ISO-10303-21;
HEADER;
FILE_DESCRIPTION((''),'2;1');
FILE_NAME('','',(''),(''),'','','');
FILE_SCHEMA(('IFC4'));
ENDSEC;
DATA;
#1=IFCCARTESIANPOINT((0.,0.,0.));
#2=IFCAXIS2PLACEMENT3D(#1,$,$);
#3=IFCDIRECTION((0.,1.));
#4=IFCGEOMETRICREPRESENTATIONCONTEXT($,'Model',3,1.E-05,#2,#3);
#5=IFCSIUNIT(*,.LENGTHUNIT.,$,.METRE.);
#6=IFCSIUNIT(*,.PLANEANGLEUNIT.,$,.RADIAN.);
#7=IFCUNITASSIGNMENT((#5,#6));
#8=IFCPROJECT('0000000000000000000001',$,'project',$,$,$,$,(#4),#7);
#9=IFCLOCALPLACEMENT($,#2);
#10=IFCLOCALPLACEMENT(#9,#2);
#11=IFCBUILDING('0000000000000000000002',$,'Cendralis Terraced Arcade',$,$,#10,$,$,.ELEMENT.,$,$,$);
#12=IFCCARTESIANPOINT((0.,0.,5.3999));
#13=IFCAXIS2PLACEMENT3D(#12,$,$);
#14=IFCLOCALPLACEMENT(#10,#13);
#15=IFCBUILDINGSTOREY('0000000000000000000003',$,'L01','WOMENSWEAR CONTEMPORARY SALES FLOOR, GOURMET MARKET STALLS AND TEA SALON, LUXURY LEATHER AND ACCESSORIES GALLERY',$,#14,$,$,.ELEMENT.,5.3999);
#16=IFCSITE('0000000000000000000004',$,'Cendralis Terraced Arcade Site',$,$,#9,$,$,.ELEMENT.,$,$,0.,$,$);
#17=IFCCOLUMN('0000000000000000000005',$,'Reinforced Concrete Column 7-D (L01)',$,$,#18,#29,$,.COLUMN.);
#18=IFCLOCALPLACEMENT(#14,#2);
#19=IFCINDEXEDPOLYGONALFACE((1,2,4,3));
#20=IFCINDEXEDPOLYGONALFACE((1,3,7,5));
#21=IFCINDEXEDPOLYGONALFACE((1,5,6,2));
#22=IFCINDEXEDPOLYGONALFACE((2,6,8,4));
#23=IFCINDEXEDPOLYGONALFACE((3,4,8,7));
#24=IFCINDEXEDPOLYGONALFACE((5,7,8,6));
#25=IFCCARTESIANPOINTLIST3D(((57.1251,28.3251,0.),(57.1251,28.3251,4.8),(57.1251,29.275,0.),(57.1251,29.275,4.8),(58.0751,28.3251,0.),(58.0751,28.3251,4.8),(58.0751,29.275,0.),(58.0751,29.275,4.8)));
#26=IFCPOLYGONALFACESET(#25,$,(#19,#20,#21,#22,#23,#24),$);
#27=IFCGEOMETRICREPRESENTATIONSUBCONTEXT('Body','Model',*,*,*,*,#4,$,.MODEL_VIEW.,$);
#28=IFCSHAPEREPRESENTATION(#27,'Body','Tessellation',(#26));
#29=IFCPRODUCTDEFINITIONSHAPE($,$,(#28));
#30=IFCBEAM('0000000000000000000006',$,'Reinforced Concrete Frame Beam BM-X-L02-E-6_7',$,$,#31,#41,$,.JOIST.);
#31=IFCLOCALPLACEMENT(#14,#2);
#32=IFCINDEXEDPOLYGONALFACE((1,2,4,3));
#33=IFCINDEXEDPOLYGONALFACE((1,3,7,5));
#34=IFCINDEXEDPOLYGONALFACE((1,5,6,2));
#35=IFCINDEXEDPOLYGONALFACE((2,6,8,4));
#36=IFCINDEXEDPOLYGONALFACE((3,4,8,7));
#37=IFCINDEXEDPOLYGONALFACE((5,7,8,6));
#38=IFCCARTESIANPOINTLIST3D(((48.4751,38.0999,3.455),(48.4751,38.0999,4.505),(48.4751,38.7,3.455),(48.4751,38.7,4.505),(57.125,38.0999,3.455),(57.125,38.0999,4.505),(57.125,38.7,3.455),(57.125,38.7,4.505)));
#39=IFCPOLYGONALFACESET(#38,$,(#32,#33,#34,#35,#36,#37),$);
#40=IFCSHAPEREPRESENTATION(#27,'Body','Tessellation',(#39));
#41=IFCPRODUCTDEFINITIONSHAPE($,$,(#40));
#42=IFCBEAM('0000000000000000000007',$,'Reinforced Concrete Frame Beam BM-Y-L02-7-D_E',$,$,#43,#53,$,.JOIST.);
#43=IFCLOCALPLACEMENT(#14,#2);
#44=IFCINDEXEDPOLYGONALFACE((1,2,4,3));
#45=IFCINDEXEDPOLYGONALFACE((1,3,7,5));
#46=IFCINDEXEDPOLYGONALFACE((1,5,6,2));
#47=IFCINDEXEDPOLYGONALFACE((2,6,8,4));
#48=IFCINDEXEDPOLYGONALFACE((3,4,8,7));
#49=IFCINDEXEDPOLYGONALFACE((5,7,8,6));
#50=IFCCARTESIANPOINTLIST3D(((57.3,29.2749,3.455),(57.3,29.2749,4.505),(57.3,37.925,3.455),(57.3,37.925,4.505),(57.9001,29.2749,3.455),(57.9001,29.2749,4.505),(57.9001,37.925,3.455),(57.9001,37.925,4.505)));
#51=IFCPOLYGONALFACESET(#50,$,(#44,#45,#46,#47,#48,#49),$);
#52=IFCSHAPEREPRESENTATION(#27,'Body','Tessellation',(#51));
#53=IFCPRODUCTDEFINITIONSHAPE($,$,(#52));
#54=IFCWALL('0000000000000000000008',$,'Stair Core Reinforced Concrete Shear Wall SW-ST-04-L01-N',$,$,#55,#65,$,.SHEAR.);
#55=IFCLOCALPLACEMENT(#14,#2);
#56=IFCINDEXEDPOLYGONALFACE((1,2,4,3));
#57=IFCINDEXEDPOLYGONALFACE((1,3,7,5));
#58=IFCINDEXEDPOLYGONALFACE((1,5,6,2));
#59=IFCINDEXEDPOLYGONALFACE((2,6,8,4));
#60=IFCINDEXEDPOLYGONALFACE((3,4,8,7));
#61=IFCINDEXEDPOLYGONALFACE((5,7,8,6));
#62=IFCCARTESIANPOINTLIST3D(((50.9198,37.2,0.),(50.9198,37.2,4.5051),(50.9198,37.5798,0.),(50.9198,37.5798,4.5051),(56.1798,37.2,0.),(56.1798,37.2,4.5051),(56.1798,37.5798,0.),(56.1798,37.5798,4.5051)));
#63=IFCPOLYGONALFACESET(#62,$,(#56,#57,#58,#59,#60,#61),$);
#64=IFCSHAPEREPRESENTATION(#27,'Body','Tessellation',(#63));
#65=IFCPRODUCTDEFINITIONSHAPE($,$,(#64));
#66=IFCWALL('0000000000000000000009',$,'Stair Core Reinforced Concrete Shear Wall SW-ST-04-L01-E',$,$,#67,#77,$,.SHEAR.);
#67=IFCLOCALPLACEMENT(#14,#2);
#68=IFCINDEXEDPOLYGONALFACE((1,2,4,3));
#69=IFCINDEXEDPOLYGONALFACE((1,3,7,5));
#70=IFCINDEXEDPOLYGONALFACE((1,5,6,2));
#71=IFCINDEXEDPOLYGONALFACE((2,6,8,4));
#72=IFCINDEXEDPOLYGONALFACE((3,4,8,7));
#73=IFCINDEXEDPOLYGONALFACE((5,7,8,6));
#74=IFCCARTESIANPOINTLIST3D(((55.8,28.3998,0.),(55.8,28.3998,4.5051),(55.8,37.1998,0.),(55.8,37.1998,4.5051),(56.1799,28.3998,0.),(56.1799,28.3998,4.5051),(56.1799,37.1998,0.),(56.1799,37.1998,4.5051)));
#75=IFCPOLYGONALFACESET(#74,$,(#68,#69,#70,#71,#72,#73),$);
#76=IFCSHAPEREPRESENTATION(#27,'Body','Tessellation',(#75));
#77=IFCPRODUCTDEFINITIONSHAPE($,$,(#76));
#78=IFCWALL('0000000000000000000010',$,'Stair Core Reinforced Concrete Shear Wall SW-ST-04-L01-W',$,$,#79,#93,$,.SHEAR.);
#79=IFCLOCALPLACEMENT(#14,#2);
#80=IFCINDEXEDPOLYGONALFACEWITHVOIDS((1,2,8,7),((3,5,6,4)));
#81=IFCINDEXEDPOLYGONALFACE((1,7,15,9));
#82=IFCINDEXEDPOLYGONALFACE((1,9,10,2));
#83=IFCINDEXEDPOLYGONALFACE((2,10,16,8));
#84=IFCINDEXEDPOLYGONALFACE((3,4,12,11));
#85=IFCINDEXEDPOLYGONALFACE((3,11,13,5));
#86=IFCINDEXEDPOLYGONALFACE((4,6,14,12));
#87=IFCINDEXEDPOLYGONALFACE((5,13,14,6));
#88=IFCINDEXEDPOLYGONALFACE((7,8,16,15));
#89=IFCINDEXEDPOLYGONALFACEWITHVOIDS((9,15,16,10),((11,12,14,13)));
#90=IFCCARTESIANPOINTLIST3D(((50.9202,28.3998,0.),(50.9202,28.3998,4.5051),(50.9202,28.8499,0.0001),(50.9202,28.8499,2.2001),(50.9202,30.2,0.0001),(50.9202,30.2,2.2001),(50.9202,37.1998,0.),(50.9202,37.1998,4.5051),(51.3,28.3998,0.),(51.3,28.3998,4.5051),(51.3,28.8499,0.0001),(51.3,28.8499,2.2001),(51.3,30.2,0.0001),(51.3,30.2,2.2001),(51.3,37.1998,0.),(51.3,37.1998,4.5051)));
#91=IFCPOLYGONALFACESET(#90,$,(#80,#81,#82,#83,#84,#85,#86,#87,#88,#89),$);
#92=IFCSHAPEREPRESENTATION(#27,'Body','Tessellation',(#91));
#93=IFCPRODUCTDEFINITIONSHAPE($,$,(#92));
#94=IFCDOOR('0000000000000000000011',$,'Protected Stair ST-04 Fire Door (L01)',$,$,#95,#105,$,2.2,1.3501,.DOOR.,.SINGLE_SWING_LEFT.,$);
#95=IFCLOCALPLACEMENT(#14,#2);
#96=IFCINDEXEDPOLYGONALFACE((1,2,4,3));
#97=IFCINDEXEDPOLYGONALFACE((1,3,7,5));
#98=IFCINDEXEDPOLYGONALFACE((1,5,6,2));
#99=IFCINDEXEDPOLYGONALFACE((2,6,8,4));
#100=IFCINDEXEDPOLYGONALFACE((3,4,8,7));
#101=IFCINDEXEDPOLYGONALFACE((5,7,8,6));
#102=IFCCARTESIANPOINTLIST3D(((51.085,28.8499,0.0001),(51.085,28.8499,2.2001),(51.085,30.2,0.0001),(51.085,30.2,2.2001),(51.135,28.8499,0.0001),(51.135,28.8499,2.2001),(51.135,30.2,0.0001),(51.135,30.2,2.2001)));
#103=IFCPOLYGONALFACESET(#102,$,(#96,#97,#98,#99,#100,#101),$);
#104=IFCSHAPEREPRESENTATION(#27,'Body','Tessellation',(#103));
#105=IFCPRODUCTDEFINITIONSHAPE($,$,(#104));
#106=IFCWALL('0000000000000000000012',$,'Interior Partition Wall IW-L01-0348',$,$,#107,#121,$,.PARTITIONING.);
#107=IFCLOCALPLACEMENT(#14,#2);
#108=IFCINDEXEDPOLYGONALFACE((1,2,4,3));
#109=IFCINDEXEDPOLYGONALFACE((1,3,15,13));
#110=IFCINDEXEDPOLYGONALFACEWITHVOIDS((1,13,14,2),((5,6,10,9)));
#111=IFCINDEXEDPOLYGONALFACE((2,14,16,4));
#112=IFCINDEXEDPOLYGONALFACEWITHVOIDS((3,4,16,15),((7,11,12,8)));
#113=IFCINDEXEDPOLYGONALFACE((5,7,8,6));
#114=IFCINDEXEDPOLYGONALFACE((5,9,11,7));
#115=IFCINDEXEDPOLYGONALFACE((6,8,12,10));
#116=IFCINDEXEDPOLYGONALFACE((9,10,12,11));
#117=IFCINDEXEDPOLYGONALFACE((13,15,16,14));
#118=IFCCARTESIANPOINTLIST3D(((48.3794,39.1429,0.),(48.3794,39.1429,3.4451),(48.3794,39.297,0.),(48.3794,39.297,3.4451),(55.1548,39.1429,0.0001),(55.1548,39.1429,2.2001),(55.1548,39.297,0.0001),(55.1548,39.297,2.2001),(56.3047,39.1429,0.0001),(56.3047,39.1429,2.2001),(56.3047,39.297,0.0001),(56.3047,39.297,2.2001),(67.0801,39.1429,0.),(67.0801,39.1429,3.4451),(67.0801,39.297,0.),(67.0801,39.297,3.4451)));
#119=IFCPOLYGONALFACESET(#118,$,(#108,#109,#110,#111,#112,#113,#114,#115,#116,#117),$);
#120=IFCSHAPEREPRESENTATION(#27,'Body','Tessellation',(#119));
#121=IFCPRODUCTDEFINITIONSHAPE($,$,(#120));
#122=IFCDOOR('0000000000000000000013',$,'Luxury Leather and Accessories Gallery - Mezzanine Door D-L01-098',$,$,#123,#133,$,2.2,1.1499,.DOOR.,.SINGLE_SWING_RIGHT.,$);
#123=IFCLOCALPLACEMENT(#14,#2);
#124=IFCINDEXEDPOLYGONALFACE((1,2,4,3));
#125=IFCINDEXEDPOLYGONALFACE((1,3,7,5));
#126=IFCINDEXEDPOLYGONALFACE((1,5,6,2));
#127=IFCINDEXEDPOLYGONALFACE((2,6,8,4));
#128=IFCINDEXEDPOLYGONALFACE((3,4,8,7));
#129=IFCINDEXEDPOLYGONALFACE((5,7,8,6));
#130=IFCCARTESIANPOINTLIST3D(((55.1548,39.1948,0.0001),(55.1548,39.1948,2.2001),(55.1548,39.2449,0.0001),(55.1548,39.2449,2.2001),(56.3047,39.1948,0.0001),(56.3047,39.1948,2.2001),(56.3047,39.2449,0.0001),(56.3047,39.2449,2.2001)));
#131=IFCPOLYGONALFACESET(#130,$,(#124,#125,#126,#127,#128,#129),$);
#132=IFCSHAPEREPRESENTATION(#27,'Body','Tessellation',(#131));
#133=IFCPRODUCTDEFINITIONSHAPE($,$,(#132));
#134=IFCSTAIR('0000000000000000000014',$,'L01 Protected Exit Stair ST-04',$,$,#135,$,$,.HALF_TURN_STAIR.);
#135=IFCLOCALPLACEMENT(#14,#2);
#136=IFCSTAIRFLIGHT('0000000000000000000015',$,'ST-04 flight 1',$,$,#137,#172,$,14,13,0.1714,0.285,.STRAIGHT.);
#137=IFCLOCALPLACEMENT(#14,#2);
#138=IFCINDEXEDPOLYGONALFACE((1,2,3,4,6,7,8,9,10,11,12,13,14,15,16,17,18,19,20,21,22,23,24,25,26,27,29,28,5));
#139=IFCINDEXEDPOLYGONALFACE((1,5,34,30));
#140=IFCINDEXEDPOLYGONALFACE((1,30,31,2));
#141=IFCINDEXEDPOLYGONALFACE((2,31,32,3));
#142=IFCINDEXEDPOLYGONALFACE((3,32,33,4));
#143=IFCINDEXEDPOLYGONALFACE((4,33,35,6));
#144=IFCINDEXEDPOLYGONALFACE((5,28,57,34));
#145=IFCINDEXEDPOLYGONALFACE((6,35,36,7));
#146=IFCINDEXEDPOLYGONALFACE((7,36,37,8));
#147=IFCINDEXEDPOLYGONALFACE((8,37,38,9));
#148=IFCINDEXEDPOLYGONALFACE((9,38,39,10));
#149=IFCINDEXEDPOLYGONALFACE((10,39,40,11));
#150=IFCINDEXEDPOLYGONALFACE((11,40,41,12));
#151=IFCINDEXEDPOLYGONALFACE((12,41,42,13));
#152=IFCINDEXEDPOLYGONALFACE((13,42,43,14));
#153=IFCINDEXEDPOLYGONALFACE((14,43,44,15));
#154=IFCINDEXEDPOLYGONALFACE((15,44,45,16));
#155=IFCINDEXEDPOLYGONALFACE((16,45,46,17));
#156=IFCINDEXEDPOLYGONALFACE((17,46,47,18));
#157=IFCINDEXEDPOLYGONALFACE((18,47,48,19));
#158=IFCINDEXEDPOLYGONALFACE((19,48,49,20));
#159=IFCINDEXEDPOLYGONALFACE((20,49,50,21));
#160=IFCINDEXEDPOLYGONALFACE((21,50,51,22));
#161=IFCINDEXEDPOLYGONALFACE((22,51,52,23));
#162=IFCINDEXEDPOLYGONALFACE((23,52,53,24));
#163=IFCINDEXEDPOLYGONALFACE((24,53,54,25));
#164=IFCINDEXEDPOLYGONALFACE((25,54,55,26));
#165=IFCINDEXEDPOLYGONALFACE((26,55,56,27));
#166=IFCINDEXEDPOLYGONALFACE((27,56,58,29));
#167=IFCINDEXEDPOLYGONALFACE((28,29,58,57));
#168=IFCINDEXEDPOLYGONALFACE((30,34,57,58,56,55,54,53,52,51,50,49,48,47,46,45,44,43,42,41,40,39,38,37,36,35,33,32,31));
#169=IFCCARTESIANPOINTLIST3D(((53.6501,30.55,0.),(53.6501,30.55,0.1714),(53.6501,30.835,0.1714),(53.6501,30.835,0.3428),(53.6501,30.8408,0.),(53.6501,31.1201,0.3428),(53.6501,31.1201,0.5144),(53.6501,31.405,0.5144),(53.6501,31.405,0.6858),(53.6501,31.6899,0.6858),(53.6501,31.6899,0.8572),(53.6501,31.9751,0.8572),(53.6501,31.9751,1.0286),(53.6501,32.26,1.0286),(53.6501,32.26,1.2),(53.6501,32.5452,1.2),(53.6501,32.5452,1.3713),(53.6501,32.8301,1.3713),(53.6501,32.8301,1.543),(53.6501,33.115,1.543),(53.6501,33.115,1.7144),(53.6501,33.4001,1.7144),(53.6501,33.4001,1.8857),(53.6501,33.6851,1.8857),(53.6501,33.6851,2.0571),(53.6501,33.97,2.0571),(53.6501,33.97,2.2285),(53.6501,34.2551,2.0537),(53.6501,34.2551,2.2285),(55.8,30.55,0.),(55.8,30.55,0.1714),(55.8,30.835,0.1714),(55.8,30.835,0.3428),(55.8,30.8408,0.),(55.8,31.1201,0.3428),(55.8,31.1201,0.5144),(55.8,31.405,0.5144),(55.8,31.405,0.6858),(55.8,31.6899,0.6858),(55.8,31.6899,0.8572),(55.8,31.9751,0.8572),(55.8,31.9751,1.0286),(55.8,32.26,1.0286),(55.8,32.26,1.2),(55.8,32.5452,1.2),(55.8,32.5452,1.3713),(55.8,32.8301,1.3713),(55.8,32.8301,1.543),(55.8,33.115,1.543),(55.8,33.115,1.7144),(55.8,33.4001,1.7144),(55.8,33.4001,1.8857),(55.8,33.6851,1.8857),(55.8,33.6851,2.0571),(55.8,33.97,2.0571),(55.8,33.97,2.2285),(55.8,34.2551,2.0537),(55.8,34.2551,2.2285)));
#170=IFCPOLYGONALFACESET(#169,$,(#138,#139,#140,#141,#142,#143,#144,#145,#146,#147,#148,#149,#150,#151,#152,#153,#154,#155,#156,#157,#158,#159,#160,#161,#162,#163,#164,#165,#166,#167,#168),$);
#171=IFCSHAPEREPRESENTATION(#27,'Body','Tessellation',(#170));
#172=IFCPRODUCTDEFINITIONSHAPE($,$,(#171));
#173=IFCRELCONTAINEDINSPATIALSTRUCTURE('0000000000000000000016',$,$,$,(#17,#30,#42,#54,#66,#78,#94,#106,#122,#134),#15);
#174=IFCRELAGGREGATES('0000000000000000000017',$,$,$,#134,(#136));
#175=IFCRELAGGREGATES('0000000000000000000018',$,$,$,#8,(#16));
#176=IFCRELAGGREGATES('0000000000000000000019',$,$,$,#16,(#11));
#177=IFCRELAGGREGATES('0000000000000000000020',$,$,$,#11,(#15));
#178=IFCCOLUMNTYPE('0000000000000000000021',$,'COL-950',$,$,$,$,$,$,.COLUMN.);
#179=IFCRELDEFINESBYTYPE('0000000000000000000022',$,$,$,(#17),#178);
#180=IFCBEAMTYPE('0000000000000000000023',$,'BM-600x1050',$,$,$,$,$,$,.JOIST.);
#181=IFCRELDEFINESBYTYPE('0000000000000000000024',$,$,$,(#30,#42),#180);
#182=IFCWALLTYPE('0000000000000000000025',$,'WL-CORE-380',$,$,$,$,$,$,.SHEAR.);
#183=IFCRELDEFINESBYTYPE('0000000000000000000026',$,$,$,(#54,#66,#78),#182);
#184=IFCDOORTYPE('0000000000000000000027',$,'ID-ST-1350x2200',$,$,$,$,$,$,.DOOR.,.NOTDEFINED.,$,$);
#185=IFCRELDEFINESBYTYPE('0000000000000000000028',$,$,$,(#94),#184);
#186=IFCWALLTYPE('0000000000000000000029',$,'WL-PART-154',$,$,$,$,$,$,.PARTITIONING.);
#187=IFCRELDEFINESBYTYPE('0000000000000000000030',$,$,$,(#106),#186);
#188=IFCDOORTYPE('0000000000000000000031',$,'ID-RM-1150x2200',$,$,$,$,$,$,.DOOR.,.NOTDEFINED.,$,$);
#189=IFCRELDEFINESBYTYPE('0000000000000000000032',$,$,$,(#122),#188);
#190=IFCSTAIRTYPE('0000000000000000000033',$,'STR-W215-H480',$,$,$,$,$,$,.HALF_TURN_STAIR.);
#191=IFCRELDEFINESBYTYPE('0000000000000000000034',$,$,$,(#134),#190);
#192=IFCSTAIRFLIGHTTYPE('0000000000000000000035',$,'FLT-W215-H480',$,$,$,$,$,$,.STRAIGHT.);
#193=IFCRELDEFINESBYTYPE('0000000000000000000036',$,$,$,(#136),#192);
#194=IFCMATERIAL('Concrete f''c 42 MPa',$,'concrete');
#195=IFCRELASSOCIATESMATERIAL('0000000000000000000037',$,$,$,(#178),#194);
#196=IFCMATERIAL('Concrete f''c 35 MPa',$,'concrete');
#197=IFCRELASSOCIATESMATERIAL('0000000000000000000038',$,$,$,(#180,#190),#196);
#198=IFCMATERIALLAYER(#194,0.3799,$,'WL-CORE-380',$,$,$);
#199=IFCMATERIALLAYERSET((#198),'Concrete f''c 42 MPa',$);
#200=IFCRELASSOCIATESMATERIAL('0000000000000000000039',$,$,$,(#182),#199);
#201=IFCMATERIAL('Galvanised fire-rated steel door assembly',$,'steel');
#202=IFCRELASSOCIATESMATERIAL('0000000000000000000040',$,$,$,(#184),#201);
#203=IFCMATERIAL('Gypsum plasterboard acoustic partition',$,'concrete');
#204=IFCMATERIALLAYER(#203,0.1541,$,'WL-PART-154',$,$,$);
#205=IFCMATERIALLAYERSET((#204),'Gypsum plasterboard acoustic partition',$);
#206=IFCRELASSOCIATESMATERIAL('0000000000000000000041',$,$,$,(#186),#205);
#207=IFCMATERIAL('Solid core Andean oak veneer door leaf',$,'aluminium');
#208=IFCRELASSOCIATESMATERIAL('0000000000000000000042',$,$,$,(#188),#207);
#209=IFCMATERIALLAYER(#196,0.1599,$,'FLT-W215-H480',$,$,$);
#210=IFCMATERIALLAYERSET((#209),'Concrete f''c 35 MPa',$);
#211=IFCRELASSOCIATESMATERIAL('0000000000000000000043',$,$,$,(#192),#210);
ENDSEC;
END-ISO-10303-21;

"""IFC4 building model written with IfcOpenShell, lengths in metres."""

from ifc_helpers import new_model, si_unit, direction, frame, frame_2d, origin, origin_2d, place, context, subcontext, project, spatial, polyline, rectangle, outline, extrude, material, layer, layer_set, material_profile, profile_set, type_object, element, fill, aggregate, save


model = new_model("IFC4")

# Units and contexts
model_context = context("Model", 3, precision=1e-05, world=origin(), true_north=direction((0.0, 1.0)))
body_context = subcontext(model_context, "Body", "Model", "MODEL_VIEW")
ifc_project = project(units=[si_unit("LENGTHUNIT", "METRE"), si_unit("PLANEANGLEUNIT", "RADIAN")], contexts=[model_context])

# Site, building, storey
site_placement = place(None, origin())
site = spatial("IfcSite", under=ifc_project, at=site_placement, Name="Cendralis Terraced Arcade Site", CompositionType="ELEMENT", RefElevation=0.0)
building_placement = place(site_placement, origin())
building = spatial("IfcBuilding", under=site, at=building_placement, Name="Cendralis Terraced Arcade", CompositionType="ELEMENT")
storey_placement = place(building_placement, frame((0.0, 0.0, 5.3999)))
storey = spatial("IfcBuildingStorey", under=building, at=storey_placement, Name="L01", Description="WOMENSWEAR CONTEMPORARY SALES FLOOR, GOURMET MARKET STALLS AND TEA SALON, LUXURY LEATHER AND ACCESSORIES GALLERY", CompositionType="ELEMENT", Elevation=5.3999)

# Column
ifc_material_1 = material(Name="Concrete f'c 42 MPa", Category="concrete")
ifc_material_profile_1 = material_profile(ifc_material_1, rectangle(XDim=0.95, YDim=0.95, at=origin_2d()), Name="RC-COL-950x950", Category="LoadBearing")
ifc_profile_set_1 = profile_set([ifc_material_profile_1], Name="Concrete f'c 42 MPa")
column_type = type_object("IfcColumnType", Name="COL-950", PredefinedType="COLUMN", material=ifc_profile_set_1)
column_placement = place(storey_placement, frame((57.6001, 28.8, 0.0), z_axis=(0.0, 0.0, 1.0), x_axis=(1.0, 0.0, 0.0)))
element("IfcColumn", 1, at=column_placement, inside=storey, type_object=column_type, Name="Reinforced Concrete Column 7-D (L01)", PredefinedType="COLUMN", context=body_context, shape_type="SweptSolid", body=[
    extrude(rectangle(XDim=0.95, YDim=0.95, at=origin_2d()), origin(), (0.0, 0.0, 1.0), 4.8),
])

# Beams
ifc_material_2 = material(Name="Concrete f'c 35 MPa", Category="concrete")
ifc_material_profile_2 = material_profile(ifc_material_2, rectangle(XDim=0.6001, YDim=1.05, at=origin_2d()), Name="RC-BM-600x1050", Category="LoadBearing")
ifc_profile_set_2 = profile_set([ifc_material_profile_2], Name="Concrete f'c 35 MPa")
beam_type = type_object("IfcBeamType", Name="BM-600x1050", PredefinedType="JOIST", material=ifc_profile_set_2)
beam_1_placement = place(storey_placement, frame((48.4751, 38.3999, 3.98), z_axis=(1.0, 0.0, 0.0), x_axis=(0.0, 1.0, 0.0)))
element("IfcBeam", 2, at=beam_1_placement, inside=storey, type_object=beam_type, Name="Reinforced Concrete Frame Beam BM-X-L02-E-6_7", PredefinedType="JOIST", context=body_context, shape_type="SweptSolid", body=[
    extrude(rectangle(XDim=0.6001, YDim=1.05, at=origin_2d()), origin(), (0.0, 0.0, 1.0), 8.6499),
])
beam_2_placement = place(storey_placement, frame((57.6001, 29.2749, 3.98), z_axis=(0.0, 1.0, 0.0), x_axis=(-1.0, 0.0, 0.0)))
element("IfcBeam", 3, at=beam_2_placement, inside=storey, type_object=beam_type, Name="Reinforced Concrete Frame Beam BM-Y-L02-7-D_E", PredefinedType="JOIST", context=body_context, shape_type="SweptSolid", body=[
    extrude(rectangle(XDim=0.6001, YDim=1.05, at=origin_2d()), origin(), (0.0, 0.0, 1.0), 8.6501),
])

# Walls
ifc_layer_1 = layer(ifc_material_1, 0.3799, Name="WL-CORE-380")
ifc_layer_set_1 = layer_set([ifc_layer_1], Name="Concrete f'c 42 MPa")
wall_type_1 = type_object("IfcWallType", Name="WL-CORE-380", PredefinedType="SHEAR", material=ifc_layer_set_1)
wall_1_placement = place(storey_placement, frame((50.9199, 37.3899, 0.0), z_axis=(0.0, 0.0, 1.0), x_axis=(1.0, 0.0, 0.0)))
element("IfcWall", 4, at=wall_1_placement, inside=storey, type_object=wall_type_1, Name="Stair Core Reinforced Concrete Shear Wall SW-ST-04-L01-N", PredefinedType="SHEAR", context=body_context, shape_type="SweptSolid", body=[
    extrude(rectangle(XDim=5.26, YDim=0.3799, at=frame_2d((2.6299, 0.0))), origin(), (0.0, 0.0, 1.0), 4.5051),
])
wall_2_placement = place(storey_placement, frame((55.99, 28.3999, 0.0), z_axis=(0.0, 0.0, 1.0), x_axis=(0.0, 1.0, 0.0)))
element("IfcWall", 5, at=wall_2_placement, inside=storey, type_object=wall_type_1, Name="Stair Core Reinforced Concrete Shear Wall SW-ST-04-L01-E", PredefinedType="SHEAR", context=body_context, shape_type="SweptSolid", body=[
    extrude(rectangle(XDim=8.8, YDim=0.3799, at=frame_2d((4.3999, 0.0))), origin(), (0.0, 0.0, 1.0), 4.5051),
])

# Walls, openings, doors
wall_3_placement = place(storey_placement, frame((51.1101, 28.3999, 0.0), z_axis=(0.0, 0.0, 1.0), x_axis=(0.0, 1.0, 0.0)))
wall_3 = element("IfcWall", 6, at=wall_3_placement, inside=storey, type_object=wall_type_1, Name="Stair Core Reinforced Concrete Shear Wall SW-ST-04-L01-W", PredefinedType="SHEAR", context=body_context, shape_type="SweptSolid", body=[
    extrude(rectangle(XDim=8.8, YDim=0.3799, at=frame_2d((4.3999, 0.0))), origin(), (0.0, 0.0, 1.0), 4.5051),
])
opening_1_placement = place(wall_3_placement, frame((0.45, 0.0, 0.0)))
opening_1 = element("IfcOpeningElement", 7, at=opening_1_placement, cuts=wall_3, PredefinedType="OPENING", context=body_context, shape_type="SweptSolid", body=[
    extrude(rectangle(XDim=1.3501, YDim=2.2, at=frame_2d((0.675, 1.1001))), frame((0.0, 0.2019, 0.0), z_axis=(0.0, -1.0, 0.0), x_axis=(1.0, 0.0, 0.0)), (0.0, 0.0, 1.0), 0.4038),
])
ifc_material_3 = material(Name="Galvanised fire-rated steel door assembly", Category="steel")
door_type_1 = type_object("IfcDoorType", Name="ID-ST-1350x2200", OperationType="NOTDEFINED", PredefinedType="DOOR", material=ifc_material_3)
door_1_placement = place(opening_1_placement, frame((1.3501, 0.0, 0.0), z_axis=(0.0, 0.0, 1.0), x_axis=(-1.0, 0.0, 0.0)))
door_1 = element("IfcDoor", 8, at=door_1_placement, inside=storey, type_object=door_type_1, Name="Protected Stair ST-04 Fire Door (L01)", OperationType="SINGLE_SWING_LEFT", OverallHeight=2.2, OverallWidth=1.3501, PredefinedType="DOOR", context=body_context, shape_type="SweptSolid", body=[
    extrude(rectangle(XDim=1.3501, YDim=2.2, at=frame_2d((0.675, 1.1001))), frame((0.0, 0.0249, 0.0), z_axis=(0.0, -1.0, 0.0), x_axis=(1.0, 0.0, 0.0)), (0.0, 0.0, 1.0), 0.05),
])
fill(opening_1, door_1)
ifc_material_4 = material(Name="Gypsum plasterboard acoustic partition", Category="concrete")
ifc_layer_2 = layer(ifc_material_4, 0.1541, Name="WL-PART-154")
ifc_layer_set_2 = layer_set([ifc_layer_2], Name="Gypsum plasterboard acoustic partition")
wall_type_2 = type_object("IfcWallType", Name="WL-PART-154", PredefinedType="PARTITIONING", material=ifc_layer_set_2)
wall_4_placement = place(storey_placement, frame((48.3794, 39.22, 0.0), z_axis=(0.0, 0.0, 1.0), x_axis=(1.0, 0.0, 0.0)))
wall_4 = element("IfcWall", 9, at=wall_4_placement, inside=storey, type_object=wall_type_2, Name="Interior Partition Wall IW-L01-0348", PredefinedType="PARTITIONING", context=body_context, shape_type="SweptSolid", body=[
    extrude(rectangle(XDim=18.7007, YDim=0.1541, at=frame_2d((9.3503, 0.0))), origin(), (0.0, 0.0, 1.0), 3.4451),
])
opening_2_placement = place(wall_4_placement, frame((6.7754, 0.0, 0.0)))
opening_2 = element("IfcOpeningElement", 10, at=opening_2_placement, cuts=wall_4, PredefinedType="OPENING", context=body_context, shape_type="SweptSolid", body=[
    extrude(rectangle(XDim=1.1499, YDim=2.2, at=frame_2d((0.575, 1.1001))), frame((0.0, 0.0889, 0.0), z_axis=(0.0, -1.0, 0.0), x_axis=(1.0, 0.0, 0.0)), (0.0, 0.0, 1.0), 0.178),
])
ifc_material_5 = material(Name="Solid core Andean oak veneer door leaf", Category="aluminium")
door_type_2 = type_object("IfcDoorType", Name="ID-RM-1150x2200", OperationType="NOTDEFINED", PredefinedType="DOOR", material=ifc_material_5)
door_2_placement = place(opening_2_placement, origin())
door_2 = element("IfcDoor", 11, at=door_2_placement, inside=storey, type_object=door_type_2, Name="Luxury Leather and Accessories Gallery - Mezzanine Door D-L01-098", OperationType="SINGLE_SWING_RIGHT", OverallHeight=2.2, OverallWidth=1.1499, PredefinedType="DOOR", context=body_context, shape_type="SweptSolid", body=[
    extrude(rectangle(XDim=1.1499, YDim=2.2, at=frame_2d((0.575, 1.1001))), frame((0.0, 0.0249, 0.0), z_axis=(0.0, -1.0, 0.0), x_axis=(1.0, 0.0, 0.0)), (0.0, 0.0, 1.0), 0.05),
])
fill(opening_2, door_2)

# Stair, stair flight
stair_type = type_object("IfcStairType", Name="STR-W215-H480", PredefinedType="HALF_TURN_STAIR", material=ifc_material_2)
stair_placement = place(storey_placement, origin())
stair = element("IfcStair", 12, at=stair_placement, inside=storey, type_object=stair_type, Name="L01 Protected Exit Stair ST-04", PredefinedType="HALF_TURN_STAIR")
ifc_layer_3 = layer(ifc_material_2, 0.1599, Name="FLT-W215-H480")
ifc_layer_set_3 = layer_set([ifc_layer_3], Name="Concrete f'c 35 MPa")
stair_flight_type = type_object("IfcStairFlightType", Name="FLT-W215-H480", PredefinedType="STRAIGHT", material=ifc_layer_set_3)
stair_flight_1_placement = place(storey_placement, frame((54.7251, 30.55, 0.0), z_axis=(0.0, 0.0, 1.0), x_axis=(0.0, 1.0, 0.0)))
stair_flight_1 = element("IfcStairFlight", 13, at=stair_flight_1_placement, type_object=stair_flight_type, Name="ST-04 flight 1", NumberOfRisers=14, NumberOfTreads=13, PredefinedType="STRAIGHT", RiserHeight=0.1714, TreadLength=0.285, context=body_context, shape_type="SweptSolid", body=[
    extrude(outline(polyline([(0.0, 0.0), (0.0, 0.1714), (0.2849, 0.1714), (0.2849, 0.3428), (0.5701, 0.3428), (0.5701, 0.5144), (0.855, 0.5144), (0.855, 0.6858), (1.1399, 0.6858), (1.1399, 0.8572), (1.425, 0.8572), (1.425, 1.0286), (1.71, 1.0286), (1.71, 1.2), (1.9951, 1.2), (1.9951, 1.3713), (2.28, 1.3713), (2.28, 1.543), (2.5649, 1.543), (2.5649, 1.7144), (2.8501, 1.7144), (2.8501, 1.8857), (3.135, 1.8857), (3.135, 2.0571), (3.4199, 2.0571), (3.4199, 2.2285), (3.7051, 2.2285), (3.7051, 2.3999), (3.7051, 2.0537), (0.2908, 0.0), (0.0, 0.0)])), frame((0.0, 1.075, 0.0), z_axis=(0.0, -1.0, 0.0), x_axis=(1.0, 0.0, 0.0)), (0.0, 0.0, 1.0), 2.1499),
])
aggregate(stair, [stair_flight_1])

save(model, "model.ifc")
